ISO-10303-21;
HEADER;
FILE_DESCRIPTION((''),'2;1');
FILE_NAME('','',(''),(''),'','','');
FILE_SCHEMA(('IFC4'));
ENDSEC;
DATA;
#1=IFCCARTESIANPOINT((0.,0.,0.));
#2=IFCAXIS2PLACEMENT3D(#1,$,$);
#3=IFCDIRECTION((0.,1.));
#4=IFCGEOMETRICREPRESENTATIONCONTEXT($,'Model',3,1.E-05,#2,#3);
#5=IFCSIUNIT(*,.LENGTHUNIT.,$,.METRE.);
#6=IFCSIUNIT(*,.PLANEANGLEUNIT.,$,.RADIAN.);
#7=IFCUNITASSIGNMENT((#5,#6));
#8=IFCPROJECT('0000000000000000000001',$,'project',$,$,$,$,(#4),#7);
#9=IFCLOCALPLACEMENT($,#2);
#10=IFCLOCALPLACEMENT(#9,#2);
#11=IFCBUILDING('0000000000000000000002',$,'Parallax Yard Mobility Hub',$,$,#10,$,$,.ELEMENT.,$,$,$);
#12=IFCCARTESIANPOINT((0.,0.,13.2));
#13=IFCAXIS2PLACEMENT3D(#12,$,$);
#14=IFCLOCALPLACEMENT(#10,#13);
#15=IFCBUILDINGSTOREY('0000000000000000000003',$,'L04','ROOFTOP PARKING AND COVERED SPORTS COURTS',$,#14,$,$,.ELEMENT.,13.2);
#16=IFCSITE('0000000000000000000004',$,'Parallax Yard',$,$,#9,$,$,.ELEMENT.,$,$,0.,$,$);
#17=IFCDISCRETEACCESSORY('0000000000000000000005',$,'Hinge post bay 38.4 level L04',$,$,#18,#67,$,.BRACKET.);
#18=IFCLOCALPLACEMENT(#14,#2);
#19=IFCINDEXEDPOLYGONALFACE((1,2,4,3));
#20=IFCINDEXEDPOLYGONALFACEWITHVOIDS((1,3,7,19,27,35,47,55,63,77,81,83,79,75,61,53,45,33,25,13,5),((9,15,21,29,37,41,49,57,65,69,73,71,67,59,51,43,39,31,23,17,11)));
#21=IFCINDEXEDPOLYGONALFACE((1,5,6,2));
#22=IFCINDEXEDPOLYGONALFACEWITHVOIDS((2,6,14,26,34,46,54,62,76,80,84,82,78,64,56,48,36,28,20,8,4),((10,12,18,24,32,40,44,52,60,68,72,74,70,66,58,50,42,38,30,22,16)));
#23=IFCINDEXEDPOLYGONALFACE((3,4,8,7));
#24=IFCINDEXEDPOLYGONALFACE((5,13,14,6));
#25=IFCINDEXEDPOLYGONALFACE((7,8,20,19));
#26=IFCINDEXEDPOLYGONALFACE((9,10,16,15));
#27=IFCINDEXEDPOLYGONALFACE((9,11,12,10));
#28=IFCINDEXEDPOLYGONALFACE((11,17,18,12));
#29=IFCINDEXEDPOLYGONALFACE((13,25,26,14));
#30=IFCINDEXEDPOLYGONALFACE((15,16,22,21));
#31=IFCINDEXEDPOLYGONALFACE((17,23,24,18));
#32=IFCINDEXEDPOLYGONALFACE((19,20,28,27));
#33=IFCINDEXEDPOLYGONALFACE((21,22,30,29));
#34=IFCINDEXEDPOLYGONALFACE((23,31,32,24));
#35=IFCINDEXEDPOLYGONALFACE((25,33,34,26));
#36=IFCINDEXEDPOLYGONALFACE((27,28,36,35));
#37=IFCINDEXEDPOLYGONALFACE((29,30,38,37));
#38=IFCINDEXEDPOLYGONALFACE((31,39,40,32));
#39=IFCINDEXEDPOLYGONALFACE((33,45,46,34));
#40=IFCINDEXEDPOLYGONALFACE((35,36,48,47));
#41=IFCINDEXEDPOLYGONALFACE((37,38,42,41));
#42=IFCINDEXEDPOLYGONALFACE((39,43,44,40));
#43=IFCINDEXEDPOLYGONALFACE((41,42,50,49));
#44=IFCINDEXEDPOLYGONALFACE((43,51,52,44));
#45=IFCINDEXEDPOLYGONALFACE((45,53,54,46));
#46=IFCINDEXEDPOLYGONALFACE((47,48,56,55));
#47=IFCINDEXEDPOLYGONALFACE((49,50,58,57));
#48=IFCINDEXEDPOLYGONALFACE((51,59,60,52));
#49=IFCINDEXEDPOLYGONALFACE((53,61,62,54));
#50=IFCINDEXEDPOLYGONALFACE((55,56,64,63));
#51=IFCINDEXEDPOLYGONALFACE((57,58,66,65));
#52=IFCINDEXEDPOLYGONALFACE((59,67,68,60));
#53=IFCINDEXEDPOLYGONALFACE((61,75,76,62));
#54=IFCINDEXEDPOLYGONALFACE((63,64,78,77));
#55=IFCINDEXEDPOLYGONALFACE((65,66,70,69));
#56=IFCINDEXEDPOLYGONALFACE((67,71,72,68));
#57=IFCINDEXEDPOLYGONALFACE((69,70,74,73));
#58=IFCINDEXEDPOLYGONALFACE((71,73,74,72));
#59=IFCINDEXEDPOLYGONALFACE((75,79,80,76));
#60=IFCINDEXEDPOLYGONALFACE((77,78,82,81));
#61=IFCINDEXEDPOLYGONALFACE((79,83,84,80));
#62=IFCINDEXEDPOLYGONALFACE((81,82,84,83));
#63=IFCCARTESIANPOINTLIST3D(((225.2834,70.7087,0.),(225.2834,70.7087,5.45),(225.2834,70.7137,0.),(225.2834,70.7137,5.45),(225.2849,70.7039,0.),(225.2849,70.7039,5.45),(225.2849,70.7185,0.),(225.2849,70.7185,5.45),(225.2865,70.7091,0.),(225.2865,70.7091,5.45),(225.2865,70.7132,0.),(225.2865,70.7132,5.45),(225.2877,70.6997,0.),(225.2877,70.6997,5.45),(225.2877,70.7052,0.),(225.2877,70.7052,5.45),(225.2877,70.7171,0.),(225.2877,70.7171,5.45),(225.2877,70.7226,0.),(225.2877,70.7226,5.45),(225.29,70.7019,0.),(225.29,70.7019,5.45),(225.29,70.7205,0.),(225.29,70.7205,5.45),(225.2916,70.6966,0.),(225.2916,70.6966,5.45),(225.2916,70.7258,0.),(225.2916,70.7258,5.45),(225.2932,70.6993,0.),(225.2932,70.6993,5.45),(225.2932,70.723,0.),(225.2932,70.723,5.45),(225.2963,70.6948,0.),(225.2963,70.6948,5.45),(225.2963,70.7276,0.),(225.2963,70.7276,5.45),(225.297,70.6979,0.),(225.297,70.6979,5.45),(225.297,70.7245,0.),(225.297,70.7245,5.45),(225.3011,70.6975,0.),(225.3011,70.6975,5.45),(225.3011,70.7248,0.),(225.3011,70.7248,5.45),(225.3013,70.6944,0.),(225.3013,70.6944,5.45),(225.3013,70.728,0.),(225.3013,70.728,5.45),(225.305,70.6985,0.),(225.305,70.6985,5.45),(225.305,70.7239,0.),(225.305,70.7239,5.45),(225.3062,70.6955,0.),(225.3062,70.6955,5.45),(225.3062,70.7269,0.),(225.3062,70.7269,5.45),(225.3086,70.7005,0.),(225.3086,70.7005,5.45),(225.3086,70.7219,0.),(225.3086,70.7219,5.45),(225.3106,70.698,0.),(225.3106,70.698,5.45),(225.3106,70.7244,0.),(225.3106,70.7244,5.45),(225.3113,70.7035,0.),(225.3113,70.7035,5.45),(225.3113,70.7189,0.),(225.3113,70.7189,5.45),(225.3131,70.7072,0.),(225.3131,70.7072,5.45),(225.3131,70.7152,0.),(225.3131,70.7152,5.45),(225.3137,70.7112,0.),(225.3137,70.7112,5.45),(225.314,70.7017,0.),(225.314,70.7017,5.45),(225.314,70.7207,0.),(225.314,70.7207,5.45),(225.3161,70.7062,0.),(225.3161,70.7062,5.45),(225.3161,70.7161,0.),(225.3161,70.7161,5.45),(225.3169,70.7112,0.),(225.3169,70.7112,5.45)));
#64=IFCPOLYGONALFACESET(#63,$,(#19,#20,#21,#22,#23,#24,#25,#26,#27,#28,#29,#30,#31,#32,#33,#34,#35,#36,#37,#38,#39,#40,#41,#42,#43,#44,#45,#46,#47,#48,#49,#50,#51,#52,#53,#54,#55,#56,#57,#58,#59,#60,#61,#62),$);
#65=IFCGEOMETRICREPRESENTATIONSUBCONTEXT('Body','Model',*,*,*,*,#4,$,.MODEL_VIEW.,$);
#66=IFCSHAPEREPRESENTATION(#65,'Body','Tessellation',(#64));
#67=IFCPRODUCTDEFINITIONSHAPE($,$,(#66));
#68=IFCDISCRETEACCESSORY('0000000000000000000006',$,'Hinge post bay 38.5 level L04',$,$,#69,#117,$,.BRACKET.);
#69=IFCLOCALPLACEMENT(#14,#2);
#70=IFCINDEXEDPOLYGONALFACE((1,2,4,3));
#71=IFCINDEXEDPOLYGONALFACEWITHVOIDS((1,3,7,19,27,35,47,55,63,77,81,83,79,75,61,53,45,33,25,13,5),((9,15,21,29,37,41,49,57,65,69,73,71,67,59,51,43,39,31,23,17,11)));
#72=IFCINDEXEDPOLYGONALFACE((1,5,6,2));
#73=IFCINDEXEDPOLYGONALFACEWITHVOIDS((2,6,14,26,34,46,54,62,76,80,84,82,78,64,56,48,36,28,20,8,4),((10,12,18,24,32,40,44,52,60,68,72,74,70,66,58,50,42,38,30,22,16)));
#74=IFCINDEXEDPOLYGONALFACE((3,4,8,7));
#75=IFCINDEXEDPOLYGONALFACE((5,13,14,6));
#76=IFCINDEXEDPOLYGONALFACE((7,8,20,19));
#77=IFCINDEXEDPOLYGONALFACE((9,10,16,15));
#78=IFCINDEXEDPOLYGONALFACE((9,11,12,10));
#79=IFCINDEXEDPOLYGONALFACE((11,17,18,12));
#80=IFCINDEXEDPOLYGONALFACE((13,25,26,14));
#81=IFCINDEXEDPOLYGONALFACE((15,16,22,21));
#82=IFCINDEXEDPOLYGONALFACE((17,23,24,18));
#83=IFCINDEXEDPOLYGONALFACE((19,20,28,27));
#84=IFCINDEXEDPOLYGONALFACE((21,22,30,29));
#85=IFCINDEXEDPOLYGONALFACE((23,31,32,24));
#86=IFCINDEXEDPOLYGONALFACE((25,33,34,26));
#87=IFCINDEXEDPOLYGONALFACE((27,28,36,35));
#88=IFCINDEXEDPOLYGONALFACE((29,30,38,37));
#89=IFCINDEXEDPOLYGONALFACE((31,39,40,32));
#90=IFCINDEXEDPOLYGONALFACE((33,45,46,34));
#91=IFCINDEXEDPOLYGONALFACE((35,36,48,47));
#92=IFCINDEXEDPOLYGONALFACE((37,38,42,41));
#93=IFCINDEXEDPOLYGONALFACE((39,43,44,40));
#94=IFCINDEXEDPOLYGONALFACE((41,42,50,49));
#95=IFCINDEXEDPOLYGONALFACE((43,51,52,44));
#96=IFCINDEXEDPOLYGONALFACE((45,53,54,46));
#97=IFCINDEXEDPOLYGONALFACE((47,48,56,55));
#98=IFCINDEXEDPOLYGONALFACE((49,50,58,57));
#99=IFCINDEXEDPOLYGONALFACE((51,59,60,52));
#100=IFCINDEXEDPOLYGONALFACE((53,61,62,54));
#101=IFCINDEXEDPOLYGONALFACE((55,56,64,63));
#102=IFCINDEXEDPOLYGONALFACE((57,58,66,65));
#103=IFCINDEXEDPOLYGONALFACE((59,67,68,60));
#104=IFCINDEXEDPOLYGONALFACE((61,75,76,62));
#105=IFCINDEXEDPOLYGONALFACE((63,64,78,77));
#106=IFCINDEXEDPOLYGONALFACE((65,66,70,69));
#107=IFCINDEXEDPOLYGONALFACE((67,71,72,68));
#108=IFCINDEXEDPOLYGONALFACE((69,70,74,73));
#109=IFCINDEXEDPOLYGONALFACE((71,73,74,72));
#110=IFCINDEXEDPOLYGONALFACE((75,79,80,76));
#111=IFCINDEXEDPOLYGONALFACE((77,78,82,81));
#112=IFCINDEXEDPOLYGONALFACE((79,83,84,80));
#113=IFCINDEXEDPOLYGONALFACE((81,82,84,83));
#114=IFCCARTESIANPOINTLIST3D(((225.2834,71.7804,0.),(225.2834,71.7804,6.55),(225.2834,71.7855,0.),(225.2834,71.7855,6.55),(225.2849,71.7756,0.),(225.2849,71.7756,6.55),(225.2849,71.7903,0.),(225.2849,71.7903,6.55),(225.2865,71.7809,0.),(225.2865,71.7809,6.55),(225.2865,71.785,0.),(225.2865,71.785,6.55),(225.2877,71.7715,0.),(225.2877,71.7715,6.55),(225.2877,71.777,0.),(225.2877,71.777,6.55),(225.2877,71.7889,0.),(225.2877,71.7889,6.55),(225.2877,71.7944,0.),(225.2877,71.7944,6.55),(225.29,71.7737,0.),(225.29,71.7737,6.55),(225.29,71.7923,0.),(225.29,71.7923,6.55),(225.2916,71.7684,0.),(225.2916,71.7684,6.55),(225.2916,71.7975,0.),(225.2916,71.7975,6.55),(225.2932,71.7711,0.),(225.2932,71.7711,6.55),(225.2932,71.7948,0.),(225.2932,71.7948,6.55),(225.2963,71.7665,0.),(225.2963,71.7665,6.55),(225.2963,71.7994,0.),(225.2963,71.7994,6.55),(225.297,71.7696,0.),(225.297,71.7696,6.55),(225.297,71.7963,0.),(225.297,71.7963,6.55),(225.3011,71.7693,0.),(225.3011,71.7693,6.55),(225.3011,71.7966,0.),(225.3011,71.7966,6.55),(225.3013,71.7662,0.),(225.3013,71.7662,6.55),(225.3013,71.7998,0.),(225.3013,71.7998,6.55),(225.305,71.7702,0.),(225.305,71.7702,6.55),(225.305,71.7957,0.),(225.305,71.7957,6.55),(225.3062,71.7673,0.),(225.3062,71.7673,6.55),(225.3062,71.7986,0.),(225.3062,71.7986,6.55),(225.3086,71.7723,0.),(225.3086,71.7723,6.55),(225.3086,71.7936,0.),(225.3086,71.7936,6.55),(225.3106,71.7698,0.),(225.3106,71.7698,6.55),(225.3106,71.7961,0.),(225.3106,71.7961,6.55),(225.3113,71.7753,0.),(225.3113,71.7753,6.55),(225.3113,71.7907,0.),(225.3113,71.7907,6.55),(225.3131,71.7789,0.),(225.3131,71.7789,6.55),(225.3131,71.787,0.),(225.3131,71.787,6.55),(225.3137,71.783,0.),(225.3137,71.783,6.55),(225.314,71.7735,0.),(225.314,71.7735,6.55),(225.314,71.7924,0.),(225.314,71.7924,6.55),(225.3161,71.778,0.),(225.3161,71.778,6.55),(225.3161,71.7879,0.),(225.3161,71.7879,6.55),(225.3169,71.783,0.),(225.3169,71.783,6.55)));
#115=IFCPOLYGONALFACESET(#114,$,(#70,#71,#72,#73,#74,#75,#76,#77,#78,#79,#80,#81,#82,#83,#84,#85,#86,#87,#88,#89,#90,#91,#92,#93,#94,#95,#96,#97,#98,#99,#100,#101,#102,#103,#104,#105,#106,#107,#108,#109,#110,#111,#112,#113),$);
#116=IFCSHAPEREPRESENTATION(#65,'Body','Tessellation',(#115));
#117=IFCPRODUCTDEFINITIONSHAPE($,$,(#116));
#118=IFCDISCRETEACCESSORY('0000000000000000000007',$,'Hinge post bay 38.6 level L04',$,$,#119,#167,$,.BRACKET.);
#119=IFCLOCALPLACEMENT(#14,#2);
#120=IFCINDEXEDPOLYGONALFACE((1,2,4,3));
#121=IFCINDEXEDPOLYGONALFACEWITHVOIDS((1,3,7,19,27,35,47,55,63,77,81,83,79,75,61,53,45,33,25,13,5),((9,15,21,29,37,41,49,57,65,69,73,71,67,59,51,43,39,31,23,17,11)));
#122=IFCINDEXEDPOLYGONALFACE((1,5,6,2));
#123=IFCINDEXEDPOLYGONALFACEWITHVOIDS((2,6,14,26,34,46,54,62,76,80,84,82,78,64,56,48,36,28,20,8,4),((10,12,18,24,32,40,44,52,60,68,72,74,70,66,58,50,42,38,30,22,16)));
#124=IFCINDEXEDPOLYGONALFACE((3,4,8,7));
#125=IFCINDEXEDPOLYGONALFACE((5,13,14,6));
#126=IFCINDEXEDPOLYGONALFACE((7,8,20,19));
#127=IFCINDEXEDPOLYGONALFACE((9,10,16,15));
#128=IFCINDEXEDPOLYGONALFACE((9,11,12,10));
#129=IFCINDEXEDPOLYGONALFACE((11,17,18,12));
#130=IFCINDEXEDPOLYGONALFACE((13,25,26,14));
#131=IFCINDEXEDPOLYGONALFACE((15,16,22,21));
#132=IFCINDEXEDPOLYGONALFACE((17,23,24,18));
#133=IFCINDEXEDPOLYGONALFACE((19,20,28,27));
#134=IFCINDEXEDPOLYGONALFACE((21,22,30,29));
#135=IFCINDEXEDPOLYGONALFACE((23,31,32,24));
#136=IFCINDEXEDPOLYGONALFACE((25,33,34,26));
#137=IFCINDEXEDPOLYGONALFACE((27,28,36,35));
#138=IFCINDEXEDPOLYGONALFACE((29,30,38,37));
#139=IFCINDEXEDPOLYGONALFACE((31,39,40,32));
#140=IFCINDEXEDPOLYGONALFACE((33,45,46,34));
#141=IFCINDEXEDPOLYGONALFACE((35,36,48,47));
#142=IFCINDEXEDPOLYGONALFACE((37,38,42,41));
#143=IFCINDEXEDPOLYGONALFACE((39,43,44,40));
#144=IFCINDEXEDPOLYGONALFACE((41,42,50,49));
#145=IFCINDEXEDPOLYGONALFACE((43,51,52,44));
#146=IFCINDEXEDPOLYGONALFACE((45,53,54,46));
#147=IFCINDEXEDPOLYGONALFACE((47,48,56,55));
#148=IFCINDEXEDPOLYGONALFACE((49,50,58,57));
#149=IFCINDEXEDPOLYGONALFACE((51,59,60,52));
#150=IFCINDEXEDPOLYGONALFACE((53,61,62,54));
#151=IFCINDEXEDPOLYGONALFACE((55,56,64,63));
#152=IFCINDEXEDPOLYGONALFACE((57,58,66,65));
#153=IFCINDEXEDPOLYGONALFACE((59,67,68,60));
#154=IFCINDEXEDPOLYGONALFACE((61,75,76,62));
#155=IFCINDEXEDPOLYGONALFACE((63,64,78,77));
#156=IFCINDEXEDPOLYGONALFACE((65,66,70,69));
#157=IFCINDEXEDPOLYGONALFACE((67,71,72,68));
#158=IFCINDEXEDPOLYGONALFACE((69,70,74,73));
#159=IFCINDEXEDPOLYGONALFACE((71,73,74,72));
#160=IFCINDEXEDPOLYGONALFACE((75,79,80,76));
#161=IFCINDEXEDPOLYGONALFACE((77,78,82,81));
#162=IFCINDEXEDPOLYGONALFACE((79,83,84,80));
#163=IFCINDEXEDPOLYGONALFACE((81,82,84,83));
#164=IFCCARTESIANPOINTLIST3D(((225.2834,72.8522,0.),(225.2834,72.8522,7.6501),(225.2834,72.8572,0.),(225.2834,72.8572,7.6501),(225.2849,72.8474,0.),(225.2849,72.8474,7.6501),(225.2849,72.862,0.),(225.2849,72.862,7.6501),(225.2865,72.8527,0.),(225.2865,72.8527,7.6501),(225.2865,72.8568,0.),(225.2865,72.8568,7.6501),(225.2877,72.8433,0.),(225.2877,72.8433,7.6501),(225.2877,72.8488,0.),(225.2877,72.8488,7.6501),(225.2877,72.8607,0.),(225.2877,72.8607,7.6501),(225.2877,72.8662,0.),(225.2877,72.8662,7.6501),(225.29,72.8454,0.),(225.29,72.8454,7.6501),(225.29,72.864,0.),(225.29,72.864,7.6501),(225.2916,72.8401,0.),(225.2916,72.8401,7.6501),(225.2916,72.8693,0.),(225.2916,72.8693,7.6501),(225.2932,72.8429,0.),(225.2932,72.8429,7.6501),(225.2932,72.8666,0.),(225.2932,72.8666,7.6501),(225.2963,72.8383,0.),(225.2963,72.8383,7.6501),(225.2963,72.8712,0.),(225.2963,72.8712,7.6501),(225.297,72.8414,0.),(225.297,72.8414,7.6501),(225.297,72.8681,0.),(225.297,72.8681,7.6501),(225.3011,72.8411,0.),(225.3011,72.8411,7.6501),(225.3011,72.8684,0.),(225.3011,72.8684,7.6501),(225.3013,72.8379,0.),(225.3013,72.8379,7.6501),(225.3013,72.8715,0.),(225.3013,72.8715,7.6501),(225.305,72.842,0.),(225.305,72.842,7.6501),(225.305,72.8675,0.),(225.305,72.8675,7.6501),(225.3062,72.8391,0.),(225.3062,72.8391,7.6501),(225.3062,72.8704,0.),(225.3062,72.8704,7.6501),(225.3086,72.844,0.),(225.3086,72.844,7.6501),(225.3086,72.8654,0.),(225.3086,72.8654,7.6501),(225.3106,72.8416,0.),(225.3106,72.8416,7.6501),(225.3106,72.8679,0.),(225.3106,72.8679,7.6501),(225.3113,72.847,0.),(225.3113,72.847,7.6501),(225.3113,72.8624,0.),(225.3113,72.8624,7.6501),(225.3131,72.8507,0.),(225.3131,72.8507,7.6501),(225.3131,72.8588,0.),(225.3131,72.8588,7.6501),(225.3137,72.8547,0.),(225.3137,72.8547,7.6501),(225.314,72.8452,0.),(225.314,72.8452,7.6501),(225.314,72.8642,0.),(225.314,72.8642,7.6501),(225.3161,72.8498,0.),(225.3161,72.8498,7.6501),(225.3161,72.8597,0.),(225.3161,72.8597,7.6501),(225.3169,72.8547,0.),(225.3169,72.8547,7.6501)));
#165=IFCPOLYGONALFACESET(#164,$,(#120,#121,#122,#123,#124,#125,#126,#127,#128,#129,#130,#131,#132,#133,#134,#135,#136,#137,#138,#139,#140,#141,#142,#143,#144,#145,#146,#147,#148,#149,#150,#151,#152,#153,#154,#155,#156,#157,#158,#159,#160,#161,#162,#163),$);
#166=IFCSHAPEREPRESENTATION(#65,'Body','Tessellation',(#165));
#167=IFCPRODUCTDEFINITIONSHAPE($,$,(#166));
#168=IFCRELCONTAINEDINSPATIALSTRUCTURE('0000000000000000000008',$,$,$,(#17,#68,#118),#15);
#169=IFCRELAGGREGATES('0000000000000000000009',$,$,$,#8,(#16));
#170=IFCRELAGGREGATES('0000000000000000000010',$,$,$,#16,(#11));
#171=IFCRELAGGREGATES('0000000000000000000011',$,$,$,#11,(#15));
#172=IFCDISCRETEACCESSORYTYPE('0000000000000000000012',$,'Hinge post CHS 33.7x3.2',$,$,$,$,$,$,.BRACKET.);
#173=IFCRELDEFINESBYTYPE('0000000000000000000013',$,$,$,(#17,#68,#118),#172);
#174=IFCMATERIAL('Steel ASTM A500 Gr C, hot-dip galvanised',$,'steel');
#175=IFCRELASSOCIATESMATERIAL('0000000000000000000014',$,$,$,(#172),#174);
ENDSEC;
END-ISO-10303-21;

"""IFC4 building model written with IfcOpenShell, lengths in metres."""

from ifc_helpers import new_model, si_unit, direction, frame, origin, origin_2d, place, context, subcontext, project, spatial, hollow_circle, extrude, material, material_profile, profile_set, type_object, element, save


model = new_model("IFC4")

# Units and contexts
model_context = context("Model", 3, precision=1e-05, world=origin(), true_north=direction((0.0, 1.0)))
body_context = subcontext(model_context, "Body", "Model", "MODEL_VIEW")
ifc_project = project(units=[si_unit("LENGTHUNIT", "METRE"), si_unit("PLANEANGLEUNIT", "RADIAN")], contexts=[model_context])

# Site, building, storey
site_placement = place(None, origin())
site = spatial("IfcSite", under=ifc_project, at=site_placement, Name="Parallax Yard", CompositionType="ELEMENT", RefElevation=0.0)
building_placement = place(site_placement, origin())
building = spatial("IfcBuilding", under=site, at=building_placement, Name="Parallax Yard Mobility Hub", CompositionType="ELEMENT")
storey_placement = place(building_placement, frame((0.0, 0.0, 13.2)))
storey = spatial("IfcBuildingStorey", under=building, at=storey_placement, Name="L04", Description="ROOFTOP PARKING AND COVERED SPORTS COURTS", CompositionType="ELEMENT", Elevation=13.2)

# Discrete accessories
ifc_material_1 = material(Name="Steel ASTM A500 Gr C, hot-dip galvanised", Category="steel")
ifc_material_profile = material_profile(ifc_material_1, hollow_circle(Radius=0.0168, WallThickness=0.0032, at=origin_2d()), Name="CHS 33.7x3.2")
ifc_profile_set = profile_set([ifc_material_profile], Name="Steel ASTM A500 Gr C, hot-dip galvanised")
discrete_accessory_type_1 = type_object("IfcDiscreteAccessoryType", Name="Hinge post CHS 33.7x3.2", PredefinedType="BRACKET", material=ifc_profile_set)
for number, where, z_axis, x_axis, name in (
    (1, (225.3, 70.7112, 0.0), (0.0, 0.0, 1.0), (1.0, 0.0, 0.0), "Hinge post bay 38.4 level L04"),
):
    element("IfcDiscreteAccessory", number, at=place(storey_placement, frame(where, z_axis=z_axis, x_axis=x_axis)), inside=storey, type_object=discrete_accessory_type_1, Name=name, PredefinedType="BRACKET", context=body_context, shape_type="SweptSolid", body=[
        extrude(hollow_circle(Radius=0.0168, WallThickness=0.0032, at=origin_2d()), origin(), (0.0, 0.0, 1.0), 5.45),
    ])
discrete_accessory_1_placement = place(storey_placement, frame((225.3, 71.783, 0.0), z_axis=(0.0, 0.0, 1.0), x_axis=(1.0, 0.0, 0.0)))
element("IfcDiscreteAccessory", 2, at=discrete_accessory_1_placement, inside=storey, type_object=discrete_accessory_type_1, Name="Hinge post bay 38.5 level L04", PredefinedType="BRACKET", context=body_context, shape_type="SweptSolid", body=[
    extrude(hollow_circle(Radius=0.0168, WallThickness=0.0032, at=origin_2d()), origin(), (0.0, 0.0, 1.0), 6.55),
])
discrete_accessory_2_placement = place(storey_placement, frame((225.3, 72.8547, 0.0), z_axis=(0.0, 0.0, 1.0), x_axis=(1.0, 0.0, 0.0)))
element("IfcDiscreteAccessory", 3, at=discrete_accessory_2_placement, inside=storey, type_object=discrete_accessory_type_1, Name="Hinge post bay 38.6 level L04", PredefinedType="BRACKET", context=body_context, shape_type="SweptSolid", body=[
    extrude(hollow_circle(Radius=0.0168, WallThickness=0.0032, at=origin_2d()), origin(), (0.0, 0.0, 1.0), 7.6501),
])

save(model, "model.ifc")
